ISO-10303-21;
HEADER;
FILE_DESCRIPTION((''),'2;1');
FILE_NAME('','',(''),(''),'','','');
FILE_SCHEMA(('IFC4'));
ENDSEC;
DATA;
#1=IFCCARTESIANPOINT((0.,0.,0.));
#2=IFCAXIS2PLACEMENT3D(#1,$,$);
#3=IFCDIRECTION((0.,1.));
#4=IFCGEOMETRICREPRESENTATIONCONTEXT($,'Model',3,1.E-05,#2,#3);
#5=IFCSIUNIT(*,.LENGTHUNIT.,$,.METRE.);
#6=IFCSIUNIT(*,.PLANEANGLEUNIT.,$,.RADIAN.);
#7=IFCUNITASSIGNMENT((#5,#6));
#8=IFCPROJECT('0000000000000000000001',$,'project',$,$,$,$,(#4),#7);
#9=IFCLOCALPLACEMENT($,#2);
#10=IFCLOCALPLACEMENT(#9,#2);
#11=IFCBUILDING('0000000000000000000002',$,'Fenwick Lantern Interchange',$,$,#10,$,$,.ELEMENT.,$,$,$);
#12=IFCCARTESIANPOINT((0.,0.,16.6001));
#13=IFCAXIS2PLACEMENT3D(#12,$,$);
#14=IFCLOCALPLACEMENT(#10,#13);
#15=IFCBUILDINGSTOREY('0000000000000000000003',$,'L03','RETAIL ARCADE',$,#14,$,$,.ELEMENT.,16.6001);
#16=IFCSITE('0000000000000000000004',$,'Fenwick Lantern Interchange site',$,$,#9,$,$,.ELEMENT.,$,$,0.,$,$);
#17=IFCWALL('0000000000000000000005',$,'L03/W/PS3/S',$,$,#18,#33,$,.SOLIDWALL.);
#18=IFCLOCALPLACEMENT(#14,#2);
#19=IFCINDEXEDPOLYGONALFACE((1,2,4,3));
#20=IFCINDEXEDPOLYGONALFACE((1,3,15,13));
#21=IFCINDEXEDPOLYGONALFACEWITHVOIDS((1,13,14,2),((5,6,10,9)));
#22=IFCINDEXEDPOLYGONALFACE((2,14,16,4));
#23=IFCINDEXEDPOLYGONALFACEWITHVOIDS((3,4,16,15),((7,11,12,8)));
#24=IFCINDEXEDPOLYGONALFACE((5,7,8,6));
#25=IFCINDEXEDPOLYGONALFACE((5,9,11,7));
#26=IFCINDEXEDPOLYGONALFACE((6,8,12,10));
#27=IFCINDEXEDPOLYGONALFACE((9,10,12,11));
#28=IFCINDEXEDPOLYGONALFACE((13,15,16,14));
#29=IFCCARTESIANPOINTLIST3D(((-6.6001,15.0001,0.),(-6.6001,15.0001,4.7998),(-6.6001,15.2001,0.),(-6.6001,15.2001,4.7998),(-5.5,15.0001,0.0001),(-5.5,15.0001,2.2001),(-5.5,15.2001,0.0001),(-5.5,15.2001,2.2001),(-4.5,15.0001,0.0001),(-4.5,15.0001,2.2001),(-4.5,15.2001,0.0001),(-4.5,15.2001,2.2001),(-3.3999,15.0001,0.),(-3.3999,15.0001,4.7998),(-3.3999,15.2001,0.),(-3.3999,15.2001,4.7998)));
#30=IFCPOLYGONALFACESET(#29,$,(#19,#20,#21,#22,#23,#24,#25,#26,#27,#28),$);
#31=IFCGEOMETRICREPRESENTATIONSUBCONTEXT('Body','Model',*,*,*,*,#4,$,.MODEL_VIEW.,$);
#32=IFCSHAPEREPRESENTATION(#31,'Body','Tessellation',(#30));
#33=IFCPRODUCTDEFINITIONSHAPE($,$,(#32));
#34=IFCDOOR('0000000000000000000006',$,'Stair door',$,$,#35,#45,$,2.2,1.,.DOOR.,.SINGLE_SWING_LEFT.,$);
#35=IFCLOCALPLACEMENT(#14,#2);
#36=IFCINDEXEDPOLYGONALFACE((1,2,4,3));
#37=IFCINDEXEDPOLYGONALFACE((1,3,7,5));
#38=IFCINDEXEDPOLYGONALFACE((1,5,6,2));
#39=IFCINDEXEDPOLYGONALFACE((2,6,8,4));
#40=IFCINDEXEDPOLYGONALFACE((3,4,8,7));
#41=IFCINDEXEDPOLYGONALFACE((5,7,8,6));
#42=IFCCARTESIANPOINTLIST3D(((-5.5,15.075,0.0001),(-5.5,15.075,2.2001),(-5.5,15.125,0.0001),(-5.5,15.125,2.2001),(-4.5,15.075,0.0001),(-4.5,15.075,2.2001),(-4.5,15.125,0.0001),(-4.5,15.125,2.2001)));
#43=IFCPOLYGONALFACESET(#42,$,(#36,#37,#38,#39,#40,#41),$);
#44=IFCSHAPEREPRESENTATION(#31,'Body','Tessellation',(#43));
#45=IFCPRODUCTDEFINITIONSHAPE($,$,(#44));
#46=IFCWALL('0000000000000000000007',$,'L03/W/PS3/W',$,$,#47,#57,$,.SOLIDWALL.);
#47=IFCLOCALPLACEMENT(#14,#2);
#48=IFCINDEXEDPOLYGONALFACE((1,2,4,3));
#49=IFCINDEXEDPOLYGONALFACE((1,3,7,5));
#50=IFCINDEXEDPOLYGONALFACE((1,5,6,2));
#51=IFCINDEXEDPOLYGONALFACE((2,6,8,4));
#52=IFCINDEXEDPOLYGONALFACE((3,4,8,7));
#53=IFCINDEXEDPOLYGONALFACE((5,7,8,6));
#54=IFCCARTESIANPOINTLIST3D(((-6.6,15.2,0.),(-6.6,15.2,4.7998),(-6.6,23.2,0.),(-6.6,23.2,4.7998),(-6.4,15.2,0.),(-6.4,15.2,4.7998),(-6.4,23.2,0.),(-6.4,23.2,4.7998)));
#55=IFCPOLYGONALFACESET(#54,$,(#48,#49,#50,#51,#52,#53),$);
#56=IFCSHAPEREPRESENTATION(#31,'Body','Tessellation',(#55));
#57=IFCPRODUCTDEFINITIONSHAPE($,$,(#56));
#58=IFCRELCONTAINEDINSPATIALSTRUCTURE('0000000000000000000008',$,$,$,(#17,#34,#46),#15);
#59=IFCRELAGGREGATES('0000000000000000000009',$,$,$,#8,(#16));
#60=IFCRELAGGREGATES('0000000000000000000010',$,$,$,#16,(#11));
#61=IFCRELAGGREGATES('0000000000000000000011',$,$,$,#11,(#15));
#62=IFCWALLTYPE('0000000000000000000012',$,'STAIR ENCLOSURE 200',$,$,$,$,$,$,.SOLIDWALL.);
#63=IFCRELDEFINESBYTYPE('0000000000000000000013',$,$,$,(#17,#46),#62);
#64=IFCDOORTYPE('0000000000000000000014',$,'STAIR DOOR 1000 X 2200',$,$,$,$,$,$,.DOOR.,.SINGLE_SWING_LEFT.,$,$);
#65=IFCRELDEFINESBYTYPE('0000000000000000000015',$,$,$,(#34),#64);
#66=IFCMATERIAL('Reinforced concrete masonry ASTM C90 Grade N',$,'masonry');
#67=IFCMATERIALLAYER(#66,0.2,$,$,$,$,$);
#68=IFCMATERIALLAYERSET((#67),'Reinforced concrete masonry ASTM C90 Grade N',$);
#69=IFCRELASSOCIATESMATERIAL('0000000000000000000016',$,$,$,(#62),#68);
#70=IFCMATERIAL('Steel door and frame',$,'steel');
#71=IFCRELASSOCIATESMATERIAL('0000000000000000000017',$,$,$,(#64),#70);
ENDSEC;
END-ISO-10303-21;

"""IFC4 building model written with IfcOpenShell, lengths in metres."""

from ifc_helpers import new_model, si_unit, direction, frame, frame_2d, origin, place, context, subcontext, project, spatial, rectangle, extrude, material, layer, layer_set, type_object, element, fill, save


model = new_model("IFC4")

# Units and contexts
model_context = context("Model", 3, precision=1e-05, world=origin(), true_north=direction((0.0, 1.0)))
body_context = subcontext(model_context, "Body", "Model", "MODEL_VIEW")
ifc_project = project(units=[si_unit("LENGTHUNIT", "METRE"), si_unit("PLANEANGLEUNIT", "RADIAN")], contexts=[model_context])

# Site, building, storey
site_placement = place(None, origin())
site = spatial("IfcSite", under=ifc_project, at=site_placement, Name="Fenwick Lantern Interchange site", CompositionType="ELEMENT", RefElevation=0.0)
building_placement = place(site_placement, origin())
building = spatial("IfcBuilding", under=site, at=building_placement, Name="Fenwick Lantern Interchange", CompositionType="ELEMENT")
storey_placement = place(building_placement, frame((0.0, 0.0, 16.6001)))
storey = spatial("IfcBuildingStorey", under=building, at=storey_placement, Name="L03", Description="RETAIL ARCADE", CompositionType="ELEMENT", Elevation=16.6001)

# Shared definitions
ifc_material_1 = material(Name="Steel door and frame", Category="steel")

# Wall, opening, door
ifc_material_2 = material(Name="Reinforced concrete masonry ASTM C90 Grade N", Category="masonry")
ifc_layer_1 = layer(ifc_material_2, 0.2)
ifc_layer_set_1 = layer_set([ifc_layer_1], Name="Reinforced concrete masonry ASTM C90 Grade N")
wall_type_1 = type_object("IfcWallType", Name="STAIR ENCLOSURE 200", PredefinedType="SOLIDWALL", material=ifc_layer_set_1)
wall_1_placement = place(storey_placement, frame((-6.6001, 15.1001, 0.0), z_axis=(0.0, 0.0, 1.0), x_axis=(1.0, 0.0, 0.0)))
wall_1 = element("IfcWall", 1, at=wall_1_placement, inside=storey, type_object=wall_type_1, Name="L03/W/PS3/S", PredefinedType="SOLIDWALL", context=body_context, shape_type="SweptSolid", body=[
    extrude(rectangle(XDim=3.2002, YDim=0.2, at=frame_2d((1.6001, 0.0))), origin(), (0.0, 0.0, 1.0), 4.7998),
])
opening_1_placement = place(wall_1_placement, frame((1.1001, 0.0, 0.0)))
opening_1 = element("IfcOpeningElement", 2, at=opening_1_placement, cuts=wall_1, PredefinedType="OPENING", context=body_context, shape_type="SweptSolid", body=[
    extrude(rectangle(XDim=1.0, YDim=2.2, at=frame_2d((0.5, 1.1001))), frame((0.0, 0.1099, 0.0), z_axis=(0.0, -1.0, 0.0), x_axis=(1.0, 0.0, 0.0)), (0.0, 0.0, 1.0), 0.22),
])
door_type_1 = type_object("IfcDoorType", Name="STAIR DOOR 1000 X 2200", OperationType="SINGLE_SWING_LEFT", PredefinedType="DOOR", material=ifc_material_1)
door_1_placement = place(opening_1_placement, origin())
door_1 = element("IfcDoor", 3, at=door_1_placement, inside=storey, type_object=door_type_1, Name="Stair door", OperationType="SINGLE_SWING_LEFT", OverallHeight=2.2, OverallWidth=1.0, PredefinedType="DOOR", context=body_context, shape_type="SweptSolid", body=[
    extrude(rectangle(XDim=1.0, YDim=2.2, at=frame_2d((0.5, 1.1001))), frame((0.0, 0.0249, 0.0), z_axis=(0.0, -1.0, 0.0), x_axis=(1.0, 0.0, 0.0)), (0.0, 0.0, 1.0), 0.05),
])
fill(opening_1, door_1)

# Wall
wall_2_placement = place(storey_placement, frame((-6.5, 23.2, 0.0), z_axis=(0.0, 0.0, 1.0), x_axis=(0.0, -1.0, 0.0)))
element("IfcWall", 4, at=wall_2_placement, inside=storey, type_object=wall_type_1, Name="L03/W/PS3/W", PredefinedType="SOLIDWALL", context=body_context, shape_type="SweptSolid", body=[
    extrude(rectangle(XDim=8.0, YDim=0.2, at=frame_2d((4.0, 0.0))), origin(), (0.0, 0.0, 1.0), 4.7998),
])

save(model, "model.ifc")
